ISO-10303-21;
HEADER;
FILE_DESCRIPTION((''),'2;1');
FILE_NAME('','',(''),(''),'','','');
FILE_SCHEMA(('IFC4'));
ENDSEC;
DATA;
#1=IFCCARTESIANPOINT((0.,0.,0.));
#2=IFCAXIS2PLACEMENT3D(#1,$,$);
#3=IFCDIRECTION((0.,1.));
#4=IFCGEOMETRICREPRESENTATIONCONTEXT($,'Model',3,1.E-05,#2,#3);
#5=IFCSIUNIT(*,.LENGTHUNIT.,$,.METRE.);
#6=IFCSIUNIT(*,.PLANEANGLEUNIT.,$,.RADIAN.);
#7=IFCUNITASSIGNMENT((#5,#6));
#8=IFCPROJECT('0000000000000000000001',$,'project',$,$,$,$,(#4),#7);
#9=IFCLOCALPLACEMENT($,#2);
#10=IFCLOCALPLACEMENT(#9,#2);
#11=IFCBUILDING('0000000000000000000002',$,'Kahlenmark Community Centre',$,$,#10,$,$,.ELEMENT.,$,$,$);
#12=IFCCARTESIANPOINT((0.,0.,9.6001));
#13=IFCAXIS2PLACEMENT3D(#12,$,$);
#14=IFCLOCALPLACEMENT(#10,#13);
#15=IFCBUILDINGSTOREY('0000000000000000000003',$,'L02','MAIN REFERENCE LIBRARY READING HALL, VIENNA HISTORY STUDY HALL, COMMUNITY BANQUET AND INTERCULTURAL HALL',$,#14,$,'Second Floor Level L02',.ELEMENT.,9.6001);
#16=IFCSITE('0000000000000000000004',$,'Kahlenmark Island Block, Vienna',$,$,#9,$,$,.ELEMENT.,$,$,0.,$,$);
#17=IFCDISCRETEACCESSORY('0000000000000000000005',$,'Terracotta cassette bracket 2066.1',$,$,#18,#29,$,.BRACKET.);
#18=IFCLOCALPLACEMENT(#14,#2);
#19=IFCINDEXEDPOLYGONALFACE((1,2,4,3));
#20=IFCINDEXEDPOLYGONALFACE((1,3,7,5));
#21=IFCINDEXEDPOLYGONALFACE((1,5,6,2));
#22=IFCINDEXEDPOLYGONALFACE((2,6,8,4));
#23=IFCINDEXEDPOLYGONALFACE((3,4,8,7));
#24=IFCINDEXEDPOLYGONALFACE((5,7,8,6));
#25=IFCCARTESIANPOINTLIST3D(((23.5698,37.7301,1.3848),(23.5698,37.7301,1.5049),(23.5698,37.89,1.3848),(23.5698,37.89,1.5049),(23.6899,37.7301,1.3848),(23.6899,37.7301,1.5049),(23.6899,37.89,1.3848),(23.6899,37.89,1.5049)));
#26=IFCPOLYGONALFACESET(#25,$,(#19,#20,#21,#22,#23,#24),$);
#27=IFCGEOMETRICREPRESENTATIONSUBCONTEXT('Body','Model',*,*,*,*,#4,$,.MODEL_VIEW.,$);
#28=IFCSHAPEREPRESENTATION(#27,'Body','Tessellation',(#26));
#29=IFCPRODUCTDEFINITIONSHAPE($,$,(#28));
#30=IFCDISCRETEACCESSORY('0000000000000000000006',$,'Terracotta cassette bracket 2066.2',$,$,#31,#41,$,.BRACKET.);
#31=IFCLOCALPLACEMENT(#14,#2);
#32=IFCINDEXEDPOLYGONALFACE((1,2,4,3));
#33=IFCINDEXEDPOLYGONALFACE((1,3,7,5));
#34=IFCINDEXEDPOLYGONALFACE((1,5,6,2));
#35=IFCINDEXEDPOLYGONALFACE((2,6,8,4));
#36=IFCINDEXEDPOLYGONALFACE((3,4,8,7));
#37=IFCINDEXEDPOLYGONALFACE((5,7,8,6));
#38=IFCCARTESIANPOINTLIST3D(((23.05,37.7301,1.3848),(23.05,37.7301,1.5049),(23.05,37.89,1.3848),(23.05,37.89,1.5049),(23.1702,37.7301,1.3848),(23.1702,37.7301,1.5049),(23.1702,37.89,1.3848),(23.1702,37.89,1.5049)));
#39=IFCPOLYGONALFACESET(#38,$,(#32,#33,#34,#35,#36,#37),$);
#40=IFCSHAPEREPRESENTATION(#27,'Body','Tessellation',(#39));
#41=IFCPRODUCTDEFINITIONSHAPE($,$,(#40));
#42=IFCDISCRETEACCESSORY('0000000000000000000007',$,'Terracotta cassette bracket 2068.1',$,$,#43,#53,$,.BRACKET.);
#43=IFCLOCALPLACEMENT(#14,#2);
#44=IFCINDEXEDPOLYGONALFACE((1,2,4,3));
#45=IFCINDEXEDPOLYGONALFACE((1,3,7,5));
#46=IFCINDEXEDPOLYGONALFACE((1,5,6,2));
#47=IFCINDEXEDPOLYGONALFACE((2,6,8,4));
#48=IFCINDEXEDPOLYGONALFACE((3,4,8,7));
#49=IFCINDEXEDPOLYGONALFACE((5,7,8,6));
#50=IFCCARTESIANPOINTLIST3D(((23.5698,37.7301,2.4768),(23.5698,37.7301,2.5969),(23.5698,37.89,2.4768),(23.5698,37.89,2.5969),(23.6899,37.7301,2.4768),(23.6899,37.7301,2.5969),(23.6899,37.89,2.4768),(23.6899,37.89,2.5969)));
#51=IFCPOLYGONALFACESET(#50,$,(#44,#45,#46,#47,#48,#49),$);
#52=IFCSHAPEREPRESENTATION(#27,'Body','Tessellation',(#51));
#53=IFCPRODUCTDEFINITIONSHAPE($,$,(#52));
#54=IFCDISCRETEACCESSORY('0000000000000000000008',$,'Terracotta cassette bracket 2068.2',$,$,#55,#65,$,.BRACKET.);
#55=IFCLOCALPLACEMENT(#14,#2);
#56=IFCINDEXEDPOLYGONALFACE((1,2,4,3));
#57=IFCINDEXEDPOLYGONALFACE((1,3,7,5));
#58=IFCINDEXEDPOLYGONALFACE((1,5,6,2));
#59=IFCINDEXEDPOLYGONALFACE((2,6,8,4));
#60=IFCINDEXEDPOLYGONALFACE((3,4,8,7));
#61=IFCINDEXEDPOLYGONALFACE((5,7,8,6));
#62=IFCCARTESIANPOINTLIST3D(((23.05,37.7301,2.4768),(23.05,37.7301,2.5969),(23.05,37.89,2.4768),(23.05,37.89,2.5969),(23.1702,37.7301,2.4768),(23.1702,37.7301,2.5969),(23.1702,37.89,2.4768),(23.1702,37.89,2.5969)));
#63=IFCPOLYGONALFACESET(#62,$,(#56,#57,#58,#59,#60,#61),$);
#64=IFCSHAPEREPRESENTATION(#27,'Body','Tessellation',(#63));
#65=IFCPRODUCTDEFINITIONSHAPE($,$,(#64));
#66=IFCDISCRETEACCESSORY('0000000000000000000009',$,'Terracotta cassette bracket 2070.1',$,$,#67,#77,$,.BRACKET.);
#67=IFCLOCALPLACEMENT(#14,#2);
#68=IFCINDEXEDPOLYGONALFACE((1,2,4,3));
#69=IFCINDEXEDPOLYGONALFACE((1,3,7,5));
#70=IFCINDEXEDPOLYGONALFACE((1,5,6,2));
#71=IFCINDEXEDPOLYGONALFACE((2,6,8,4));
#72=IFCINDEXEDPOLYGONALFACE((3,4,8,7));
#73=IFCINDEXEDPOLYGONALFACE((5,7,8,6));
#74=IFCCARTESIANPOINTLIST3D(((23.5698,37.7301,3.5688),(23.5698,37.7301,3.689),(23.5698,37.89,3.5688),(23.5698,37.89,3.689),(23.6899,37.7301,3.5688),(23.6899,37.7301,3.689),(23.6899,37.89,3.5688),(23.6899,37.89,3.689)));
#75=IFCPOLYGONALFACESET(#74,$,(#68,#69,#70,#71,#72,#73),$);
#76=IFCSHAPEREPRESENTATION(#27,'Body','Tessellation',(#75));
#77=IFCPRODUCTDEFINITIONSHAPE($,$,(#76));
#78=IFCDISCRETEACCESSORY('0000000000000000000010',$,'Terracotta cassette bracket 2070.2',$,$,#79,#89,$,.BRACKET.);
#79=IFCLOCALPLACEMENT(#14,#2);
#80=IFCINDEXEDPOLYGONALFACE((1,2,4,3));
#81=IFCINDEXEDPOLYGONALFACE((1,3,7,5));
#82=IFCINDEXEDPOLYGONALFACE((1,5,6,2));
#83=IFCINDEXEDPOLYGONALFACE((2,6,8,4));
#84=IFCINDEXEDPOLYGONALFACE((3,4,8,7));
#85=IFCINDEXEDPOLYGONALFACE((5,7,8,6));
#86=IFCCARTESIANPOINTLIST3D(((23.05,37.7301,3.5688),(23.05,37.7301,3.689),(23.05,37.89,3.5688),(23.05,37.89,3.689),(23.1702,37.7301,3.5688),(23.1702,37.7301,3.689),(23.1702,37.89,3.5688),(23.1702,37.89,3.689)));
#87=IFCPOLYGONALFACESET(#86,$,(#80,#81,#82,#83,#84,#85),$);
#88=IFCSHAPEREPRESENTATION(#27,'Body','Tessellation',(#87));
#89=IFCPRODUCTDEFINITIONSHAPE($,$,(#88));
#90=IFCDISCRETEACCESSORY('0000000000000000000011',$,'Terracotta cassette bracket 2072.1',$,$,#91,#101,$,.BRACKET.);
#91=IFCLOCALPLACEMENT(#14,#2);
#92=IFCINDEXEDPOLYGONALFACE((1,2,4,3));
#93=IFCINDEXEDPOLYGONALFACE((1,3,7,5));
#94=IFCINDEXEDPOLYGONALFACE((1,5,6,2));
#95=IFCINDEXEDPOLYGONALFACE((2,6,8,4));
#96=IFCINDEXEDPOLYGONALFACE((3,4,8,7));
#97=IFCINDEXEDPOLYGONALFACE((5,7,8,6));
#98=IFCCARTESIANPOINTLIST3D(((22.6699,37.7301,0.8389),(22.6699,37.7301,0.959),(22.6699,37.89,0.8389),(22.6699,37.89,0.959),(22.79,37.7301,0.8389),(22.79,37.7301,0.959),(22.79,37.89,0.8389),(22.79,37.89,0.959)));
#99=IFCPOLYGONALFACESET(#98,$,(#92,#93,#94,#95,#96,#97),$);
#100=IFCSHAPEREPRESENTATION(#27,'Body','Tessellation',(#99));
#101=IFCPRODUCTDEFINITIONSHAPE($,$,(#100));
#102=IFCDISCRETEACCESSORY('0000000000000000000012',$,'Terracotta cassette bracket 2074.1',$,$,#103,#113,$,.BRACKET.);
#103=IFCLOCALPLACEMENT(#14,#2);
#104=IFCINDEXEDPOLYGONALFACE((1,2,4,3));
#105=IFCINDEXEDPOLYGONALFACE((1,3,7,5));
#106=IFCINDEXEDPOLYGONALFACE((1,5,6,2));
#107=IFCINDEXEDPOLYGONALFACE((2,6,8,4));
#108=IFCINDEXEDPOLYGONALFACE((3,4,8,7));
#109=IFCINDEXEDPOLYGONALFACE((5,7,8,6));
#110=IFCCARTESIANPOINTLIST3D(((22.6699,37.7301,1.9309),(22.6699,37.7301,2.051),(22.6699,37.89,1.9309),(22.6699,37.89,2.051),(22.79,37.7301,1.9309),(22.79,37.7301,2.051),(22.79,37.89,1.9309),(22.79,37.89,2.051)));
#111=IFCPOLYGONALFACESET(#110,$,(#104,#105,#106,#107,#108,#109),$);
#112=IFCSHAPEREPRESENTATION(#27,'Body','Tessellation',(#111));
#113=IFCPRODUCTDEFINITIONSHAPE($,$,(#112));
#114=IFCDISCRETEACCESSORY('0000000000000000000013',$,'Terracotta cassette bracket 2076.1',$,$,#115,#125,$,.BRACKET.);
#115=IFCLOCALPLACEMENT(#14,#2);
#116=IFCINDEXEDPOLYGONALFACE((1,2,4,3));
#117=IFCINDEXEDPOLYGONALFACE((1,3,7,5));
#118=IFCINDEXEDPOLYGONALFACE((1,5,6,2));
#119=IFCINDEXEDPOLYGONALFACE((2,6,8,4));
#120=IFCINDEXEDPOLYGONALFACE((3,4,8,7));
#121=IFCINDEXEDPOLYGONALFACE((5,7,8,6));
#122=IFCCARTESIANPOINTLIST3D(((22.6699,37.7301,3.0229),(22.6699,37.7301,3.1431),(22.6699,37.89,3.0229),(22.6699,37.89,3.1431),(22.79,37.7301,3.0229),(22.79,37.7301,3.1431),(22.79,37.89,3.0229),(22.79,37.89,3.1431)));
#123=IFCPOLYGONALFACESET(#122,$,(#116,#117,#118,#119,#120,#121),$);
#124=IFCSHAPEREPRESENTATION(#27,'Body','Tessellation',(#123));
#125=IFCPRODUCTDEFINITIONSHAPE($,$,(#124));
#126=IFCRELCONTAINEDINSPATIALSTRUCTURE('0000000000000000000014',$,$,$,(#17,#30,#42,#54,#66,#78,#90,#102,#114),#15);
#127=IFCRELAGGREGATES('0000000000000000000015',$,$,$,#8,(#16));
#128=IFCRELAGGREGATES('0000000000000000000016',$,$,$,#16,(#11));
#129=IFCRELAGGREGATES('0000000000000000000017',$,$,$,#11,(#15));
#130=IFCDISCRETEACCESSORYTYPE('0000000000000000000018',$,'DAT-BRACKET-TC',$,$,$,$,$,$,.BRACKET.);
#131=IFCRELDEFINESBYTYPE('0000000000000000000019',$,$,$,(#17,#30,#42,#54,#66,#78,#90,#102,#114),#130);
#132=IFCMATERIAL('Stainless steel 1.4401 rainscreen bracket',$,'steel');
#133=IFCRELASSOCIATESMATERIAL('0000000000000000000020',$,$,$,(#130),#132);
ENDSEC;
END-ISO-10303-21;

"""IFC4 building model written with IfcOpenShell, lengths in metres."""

from ifc_helpers import new_model, si_unit, direction, frame, origin, origin_2d, place, context, subcontext, project, spatial, rectangle, extrude, material, type_object, element, save


model = new_model("IFC4")

# Units and contexts
model_context = context("Model", 3, precision=1e-05, world=origin(), true_north=direction((0.0, 1.0)))
body_context = subcontext(model_context, "Body", "Model", "MODEL_VIEW")
ifc_project = project(units=[si_unit("LENGTHUNIT", "METRE"), si_unit("PLANEANGLEUNIT", "RADIAN")], contexts=[model_context])

# Site, building, storey
site_placement = place(None, origin())
site = spatial("IfcSite", under=ifc_project, at=site_placement, Name="Kahlenmark Island Block, Vienna", CompositionType="ELEMENT", RefElevation=0.0)
building_placement = place(site_placement, origin())
building = spatial("IfcBuilding", under=site, at=building_placement, Name="Kahlenmark Community Centre", CompositionType="ELEMENT")
storey_placement = place(building_placement, frame((0.0, 0.0, 9.6001)))
storey = spatial("IfcBuildingStorey", under=building, at=storey_placement, Name="L02", Description="MAIN REFERENCE LIBRARY READING HALL, VIENNA HISTORY STUDY HALL, COMMUNITY BANQUET AND INTERCULTURAL HALL", LongName="Second Floor Level L02", CompositionType="ELEMENT", Elevation=9.6001)

# Discrete accessories
ifc_material_1 = material(Name="Stainless steel 1.4401 rainscreen bracket", Category="steel")
discrete_accessory_type = type_object("IfcDiscreteAccessoryType", Name="DAT-BRACKET-TC", PredefinedType="BRACKET", material=ifc_material_1)
for number, where, z_axis, x_axis, name in (
    (1, (23.6299, 37.8101, 1.3848), (0.0, 0.0, 1.0), (-1.0, 0.0, 0.0), "Terracotta cassette bracket 2066.1"),
    (2, (23.1101, 37.8101, 1.3848), (0.0, 0.0, 1.0), (-1.0, 0.0, 0.0), "Terracotta cassette bracket 2066.2"),
    (3, (23.6299, 37.8101, 2.4768), (0.0, 0.0, 1.0), (-1.0, 0.0, 0.0), "Terracotta cassette bracket 2068.1"),
    (4, (23.1101, 37.8101, 2.4768), (0.0, 0.0, 1.0), (-1.0, 0.0, 0.0), "Terracotta cassette bracket 2068.2"),
    (5, (23.6299, 37.8101, 3.5688), (0.0, 0.0, 1.0), (-1.0, 0.0, 0.0), "Terracotta cassette bracket 2070.1"),
    (6, (23.1101, 37.8101, 3.5688), (0.0, 0.0, 1.0), (-1.0, 0.0, 0.0), "Terracotta cassette bracket 2070.2"),
    (7, (22.73, 37.8101, 0.8389), (0.0, 0.0, 1.0), (-1.0, 0.0, 0.0), "Terracotta cassette bracket 2072.1"),
    (8, (22.73, 37.8101, 1.9309), (0.0, 0.0, 1.0), (-1.0, 0.0, 0.0), "Terracotta cassette bracket 2074.1"),
    (9, (22.73, 37.8101, 3.0229), (0.0, 0.0, 1.0), (-1.0, 0.0, 0.0), "Terracotta cassette bracket 2076.1"),
):
    element("IfcDiscreteAccessory", number, at=place(storey_placement, frame(where, z_axis=z_axis, x_axis=x_axis)), inside=storey, type_object=discrete_accessory_type, Name=name, PredefinedType="BRACKET", context=body_context, shape_type="SweptSolid", body=[
        extrude(rectangle(XDim=0.1201, YDim=0.1599, at=origin_2d()), origin(), (0.0, 0.0, 1.0), 0.1201),
    ])

save(model, "model.ifc")
